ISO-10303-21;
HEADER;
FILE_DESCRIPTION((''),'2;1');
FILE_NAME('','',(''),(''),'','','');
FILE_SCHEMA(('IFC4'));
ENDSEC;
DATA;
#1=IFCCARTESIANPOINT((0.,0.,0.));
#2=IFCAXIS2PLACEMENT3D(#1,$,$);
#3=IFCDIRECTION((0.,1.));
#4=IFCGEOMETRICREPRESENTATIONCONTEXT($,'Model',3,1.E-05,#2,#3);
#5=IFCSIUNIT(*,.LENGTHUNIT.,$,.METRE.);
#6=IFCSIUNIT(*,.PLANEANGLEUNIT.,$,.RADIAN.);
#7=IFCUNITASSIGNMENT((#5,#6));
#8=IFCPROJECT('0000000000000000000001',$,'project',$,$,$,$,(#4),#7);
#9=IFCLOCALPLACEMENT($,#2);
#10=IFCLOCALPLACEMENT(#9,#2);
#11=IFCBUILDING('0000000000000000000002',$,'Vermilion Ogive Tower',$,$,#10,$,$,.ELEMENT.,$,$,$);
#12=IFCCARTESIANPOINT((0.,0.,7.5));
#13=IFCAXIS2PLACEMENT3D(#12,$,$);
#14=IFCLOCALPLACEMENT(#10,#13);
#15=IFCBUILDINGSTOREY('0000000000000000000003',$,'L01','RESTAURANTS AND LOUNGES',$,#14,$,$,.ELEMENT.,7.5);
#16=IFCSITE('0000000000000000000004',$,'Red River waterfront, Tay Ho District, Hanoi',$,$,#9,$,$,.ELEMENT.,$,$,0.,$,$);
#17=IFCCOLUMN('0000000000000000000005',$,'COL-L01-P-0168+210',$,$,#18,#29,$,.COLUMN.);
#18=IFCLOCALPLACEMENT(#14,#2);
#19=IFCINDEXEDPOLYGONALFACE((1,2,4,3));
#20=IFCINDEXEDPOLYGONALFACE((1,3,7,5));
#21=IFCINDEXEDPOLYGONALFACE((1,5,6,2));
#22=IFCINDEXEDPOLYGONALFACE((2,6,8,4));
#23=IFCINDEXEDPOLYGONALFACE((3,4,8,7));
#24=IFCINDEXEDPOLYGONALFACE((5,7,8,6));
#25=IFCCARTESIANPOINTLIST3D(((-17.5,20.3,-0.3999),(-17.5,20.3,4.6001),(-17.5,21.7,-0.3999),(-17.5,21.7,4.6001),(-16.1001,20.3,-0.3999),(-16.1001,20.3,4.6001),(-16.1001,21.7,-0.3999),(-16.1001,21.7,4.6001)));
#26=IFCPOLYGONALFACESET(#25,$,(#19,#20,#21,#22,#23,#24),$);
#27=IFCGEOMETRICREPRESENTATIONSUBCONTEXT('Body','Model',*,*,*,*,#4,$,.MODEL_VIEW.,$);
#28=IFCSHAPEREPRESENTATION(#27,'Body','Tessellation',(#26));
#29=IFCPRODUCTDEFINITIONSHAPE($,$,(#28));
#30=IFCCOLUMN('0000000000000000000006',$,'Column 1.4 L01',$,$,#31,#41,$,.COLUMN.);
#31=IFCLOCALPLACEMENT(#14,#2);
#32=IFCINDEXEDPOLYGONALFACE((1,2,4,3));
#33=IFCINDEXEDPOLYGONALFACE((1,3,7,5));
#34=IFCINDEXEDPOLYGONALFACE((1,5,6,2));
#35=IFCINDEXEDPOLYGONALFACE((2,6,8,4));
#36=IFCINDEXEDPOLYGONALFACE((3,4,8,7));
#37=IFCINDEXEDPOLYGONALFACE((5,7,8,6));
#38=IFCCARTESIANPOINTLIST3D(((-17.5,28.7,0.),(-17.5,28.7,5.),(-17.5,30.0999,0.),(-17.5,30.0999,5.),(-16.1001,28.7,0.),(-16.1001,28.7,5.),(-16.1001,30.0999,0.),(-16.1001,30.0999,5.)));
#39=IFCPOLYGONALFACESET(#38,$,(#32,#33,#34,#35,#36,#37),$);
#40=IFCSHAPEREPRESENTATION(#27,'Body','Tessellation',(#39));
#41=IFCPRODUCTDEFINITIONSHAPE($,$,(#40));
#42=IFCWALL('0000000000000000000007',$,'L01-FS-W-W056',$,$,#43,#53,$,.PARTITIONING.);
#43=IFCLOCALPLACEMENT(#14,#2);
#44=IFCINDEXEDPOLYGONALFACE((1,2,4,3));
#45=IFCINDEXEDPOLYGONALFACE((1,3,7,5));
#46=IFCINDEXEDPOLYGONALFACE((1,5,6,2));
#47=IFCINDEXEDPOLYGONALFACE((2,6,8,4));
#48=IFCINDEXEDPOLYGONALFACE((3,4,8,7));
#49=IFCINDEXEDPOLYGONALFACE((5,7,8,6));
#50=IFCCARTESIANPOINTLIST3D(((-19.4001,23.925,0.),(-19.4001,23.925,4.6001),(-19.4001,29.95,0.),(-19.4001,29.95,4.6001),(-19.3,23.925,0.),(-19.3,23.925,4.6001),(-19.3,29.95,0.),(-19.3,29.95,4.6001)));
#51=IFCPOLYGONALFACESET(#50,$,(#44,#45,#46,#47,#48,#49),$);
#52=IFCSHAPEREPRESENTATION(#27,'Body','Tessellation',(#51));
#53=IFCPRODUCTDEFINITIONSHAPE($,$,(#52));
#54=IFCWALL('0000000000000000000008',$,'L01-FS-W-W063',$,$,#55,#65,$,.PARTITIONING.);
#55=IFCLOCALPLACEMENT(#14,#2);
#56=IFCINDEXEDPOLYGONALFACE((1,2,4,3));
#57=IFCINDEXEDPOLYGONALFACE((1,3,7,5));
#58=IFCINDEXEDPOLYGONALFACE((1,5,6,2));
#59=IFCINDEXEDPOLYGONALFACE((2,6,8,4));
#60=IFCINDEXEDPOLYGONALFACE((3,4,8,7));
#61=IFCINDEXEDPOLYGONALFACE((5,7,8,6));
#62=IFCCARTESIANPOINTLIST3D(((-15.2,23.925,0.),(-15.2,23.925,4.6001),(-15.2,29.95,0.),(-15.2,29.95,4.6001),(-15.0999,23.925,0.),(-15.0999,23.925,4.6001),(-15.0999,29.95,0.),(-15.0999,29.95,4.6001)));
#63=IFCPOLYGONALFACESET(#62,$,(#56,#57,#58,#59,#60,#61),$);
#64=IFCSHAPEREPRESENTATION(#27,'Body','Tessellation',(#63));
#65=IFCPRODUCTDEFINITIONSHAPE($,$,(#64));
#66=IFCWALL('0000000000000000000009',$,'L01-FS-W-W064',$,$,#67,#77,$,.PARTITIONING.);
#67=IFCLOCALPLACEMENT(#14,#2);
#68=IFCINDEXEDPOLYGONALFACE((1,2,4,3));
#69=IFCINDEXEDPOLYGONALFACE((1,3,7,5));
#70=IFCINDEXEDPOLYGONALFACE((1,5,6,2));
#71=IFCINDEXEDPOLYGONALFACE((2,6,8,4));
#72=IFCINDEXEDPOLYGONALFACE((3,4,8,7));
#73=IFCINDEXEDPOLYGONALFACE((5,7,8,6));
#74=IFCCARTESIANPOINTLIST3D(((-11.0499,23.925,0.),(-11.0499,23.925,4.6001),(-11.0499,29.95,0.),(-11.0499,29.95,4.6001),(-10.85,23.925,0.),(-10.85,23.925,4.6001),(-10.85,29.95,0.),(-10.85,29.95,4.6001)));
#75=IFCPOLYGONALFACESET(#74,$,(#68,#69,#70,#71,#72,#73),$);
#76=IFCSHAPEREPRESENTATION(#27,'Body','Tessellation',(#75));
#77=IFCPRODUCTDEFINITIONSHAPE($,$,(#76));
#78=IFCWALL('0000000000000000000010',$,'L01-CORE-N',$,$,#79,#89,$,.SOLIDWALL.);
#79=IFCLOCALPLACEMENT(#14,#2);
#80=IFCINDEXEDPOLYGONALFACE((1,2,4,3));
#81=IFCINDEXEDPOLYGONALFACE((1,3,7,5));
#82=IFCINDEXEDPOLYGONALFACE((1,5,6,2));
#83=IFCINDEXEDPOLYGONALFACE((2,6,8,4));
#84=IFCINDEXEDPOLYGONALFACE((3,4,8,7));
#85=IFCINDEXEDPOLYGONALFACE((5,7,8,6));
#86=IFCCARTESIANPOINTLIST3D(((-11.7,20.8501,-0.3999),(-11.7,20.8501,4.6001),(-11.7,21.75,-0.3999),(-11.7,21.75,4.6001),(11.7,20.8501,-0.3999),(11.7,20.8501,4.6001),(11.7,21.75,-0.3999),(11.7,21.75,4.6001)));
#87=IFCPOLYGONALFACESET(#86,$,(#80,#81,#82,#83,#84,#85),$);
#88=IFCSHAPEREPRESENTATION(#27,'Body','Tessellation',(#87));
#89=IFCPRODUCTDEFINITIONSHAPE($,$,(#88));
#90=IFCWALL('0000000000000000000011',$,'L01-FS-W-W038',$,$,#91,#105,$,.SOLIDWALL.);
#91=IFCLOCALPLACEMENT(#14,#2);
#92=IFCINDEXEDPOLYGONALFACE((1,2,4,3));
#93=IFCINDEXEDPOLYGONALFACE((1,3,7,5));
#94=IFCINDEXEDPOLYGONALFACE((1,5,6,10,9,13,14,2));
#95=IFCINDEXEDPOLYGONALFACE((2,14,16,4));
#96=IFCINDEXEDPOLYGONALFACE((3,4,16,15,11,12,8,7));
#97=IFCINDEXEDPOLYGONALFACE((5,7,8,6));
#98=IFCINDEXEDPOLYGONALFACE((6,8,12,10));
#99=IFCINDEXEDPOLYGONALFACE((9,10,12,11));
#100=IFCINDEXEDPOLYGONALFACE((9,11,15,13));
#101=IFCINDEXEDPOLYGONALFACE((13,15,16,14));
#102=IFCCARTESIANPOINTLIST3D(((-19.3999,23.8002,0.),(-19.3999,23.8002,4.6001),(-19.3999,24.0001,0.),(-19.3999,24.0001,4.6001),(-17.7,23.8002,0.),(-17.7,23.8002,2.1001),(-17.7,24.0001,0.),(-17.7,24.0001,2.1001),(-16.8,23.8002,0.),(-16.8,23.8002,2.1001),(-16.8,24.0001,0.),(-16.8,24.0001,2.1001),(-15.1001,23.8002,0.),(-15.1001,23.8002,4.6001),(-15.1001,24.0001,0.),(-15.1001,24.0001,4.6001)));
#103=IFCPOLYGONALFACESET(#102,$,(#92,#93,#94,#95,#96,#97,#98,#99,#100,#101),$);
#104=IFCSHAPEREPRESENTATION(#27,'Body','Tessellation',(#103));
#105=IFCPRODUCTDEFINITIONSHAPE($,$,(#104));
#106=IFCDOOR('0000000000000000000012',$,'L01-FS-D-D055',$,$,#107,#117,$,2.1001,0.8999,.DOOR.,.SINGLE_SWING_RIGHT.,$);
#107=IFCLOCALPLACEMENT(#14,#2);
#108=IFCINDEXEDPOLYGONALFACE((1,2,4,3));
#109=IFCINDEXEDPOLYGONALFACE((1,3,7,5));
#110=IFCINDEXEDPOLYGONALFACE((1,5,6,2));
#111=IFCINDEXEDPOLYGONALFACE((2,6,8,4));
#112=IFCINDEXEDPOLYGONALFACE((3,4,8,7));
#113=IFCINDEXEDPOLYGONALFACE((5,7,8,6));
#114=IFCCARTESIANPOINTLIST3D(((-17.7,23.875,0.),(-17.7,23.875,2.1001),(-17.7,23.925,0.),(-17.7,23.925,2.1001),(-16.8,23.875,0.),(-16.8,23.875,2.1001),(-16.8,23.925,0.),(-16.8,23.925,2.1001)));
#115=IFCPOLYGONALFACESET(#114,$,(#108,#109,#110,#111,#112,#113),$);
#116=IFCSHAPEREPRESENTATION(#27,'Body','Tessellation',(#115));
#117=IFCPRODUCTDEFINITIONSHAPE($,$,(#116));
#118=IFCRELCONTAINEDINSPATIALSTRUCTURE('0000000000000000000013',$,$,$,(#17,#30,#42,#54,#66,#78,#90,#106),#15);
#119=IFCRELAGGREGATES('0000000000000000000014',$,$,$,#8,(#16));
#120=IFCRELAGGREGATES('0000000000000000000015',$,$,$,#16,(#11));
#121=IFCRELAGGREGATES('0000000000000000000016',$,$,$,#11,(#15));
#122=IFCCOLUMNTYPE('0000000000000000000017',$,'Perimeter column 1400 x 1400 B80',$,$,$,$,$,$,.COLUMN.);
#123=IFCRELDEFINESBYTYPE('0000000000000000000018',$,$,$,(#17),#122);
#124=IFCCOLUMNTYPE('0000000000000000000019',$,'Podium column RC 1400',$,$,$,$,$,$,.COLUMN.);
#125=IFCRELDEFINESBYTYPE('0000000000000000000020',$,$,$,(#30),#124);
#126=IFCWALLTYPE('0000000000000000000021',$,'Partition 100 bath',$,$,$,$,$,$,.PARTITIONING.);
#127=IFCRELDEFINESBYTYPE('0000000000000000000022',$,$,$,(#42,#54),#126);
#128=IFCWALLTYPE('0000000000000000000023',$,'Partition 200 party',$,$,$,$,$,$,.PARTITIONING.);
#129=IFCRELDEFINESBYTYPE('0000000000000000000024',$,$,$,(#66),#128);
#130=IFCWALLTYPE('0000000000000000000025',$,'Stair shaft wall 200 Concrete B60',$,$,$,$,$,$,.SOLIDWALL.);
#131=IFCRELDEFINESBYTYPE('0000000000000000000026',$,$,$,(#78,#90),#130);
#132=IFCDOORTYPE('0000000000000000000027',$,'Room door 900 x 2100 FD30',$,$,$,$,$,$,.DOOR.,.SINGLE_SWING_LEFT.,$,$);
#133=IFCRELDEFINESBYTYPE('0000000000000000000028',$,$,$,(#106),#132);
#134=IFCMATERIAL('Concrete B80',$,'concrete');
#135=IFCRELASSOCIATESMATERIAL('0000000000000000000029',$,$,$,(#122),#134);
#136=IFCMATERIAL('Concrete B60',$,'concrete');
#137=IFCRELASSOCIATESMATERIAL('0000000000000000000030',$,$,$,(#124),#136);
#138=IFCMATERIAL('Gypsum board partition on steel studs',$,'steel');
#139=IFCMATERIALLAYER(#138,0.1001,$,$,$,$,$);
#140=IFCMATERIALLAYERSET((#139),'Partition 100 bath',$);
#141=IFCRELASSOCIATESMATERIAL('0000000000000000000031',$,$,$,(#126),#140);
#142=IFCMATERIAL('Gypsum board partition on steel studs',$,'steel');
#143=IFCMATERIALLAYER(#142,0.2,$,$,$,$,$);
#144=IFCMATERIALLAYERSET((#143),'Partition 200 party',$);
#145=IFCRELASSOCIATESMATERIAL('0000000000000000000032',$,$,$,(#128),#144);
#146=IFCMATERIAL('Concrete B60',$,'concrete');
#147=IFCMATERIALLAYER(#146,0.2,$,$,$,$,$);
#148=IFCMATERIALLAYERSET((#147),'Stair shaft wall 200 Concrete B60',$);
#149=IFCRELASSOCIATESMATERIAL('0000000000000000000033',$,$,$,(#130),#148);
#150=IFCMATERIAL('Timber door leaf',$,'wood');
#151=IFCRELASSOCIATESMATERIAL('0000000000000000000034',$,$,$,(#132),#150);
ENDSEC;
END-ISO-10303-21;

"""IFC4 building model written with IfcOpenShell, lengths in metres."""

from ifc_helpers import new_model, si_unit, direction, frame, frame_2d, origin, origin_2d, place, context, subcontext, project, spatial, rectangle, extrude, material, layer, layer_set, material_profile, profile_set, type_object, element, fill, save


model = new_model("IFC4")

# Units and contexts
model_context = context("Model", 3, precision=1e-05, world=origin(), true_north=direction((0.0, 1.0)))
body_context = subcontext(model_context, "Body", "Model", "MODEL_VIEW")
ifc_project = project(units=[si_unit("LENGTHUNIT", "METRE"), si_unit("PLANEANGLEUNIT", "RADIAN")], contexts=[model_context])

# Site, building, storey
site_placement = place(None, origin())
site = spatial("IfcSite", under=ifc_project, at=site_placement, Name="Red River waterfront, Tay Ho District, Hanoi", CompositionType="ELEMENT", RefElevation=0.0)
building_placement = place(site_placement, origin())
building = spatial("IfcBuilding", under=site, at=building_placement, Name="Vermilion Ogive Tower", CompositionType="ELEMENT")
storey_placement = place(building_placement, frame((0.0, 0.0, 7.5)))
storey = spatial("IfcBuildingStorey", under=building, at=storey_placement, Name="L01", Description="RESTAURANTS AND LOUNGES", CompositionType="ELEMENT", Elevation=7.5)

# Columns
ifc_material_1 = material(Name="Concrete B80", Category="concrete")
ifc_material_profile_1 = material_profile(ifc_material_1, rectangle(XDim=1.3999, YDim=1.3999, at=origin_2d()), Name="1400 x 1400")
ifc_profile_set_1 = profile_set([ifc_material_profile_1], Name="Concrete B80")
column_type_1 = type_object("IfcColumnType", Name="Perimeter column 1400 x 1400 B80", PredefinedType="COLUMN", material=ifc_profile_set_1)
column_1_placement = place(storey_placement, frame((-16.8, 21.0, -0.3999), z_axis=(0.0, 0.0, 1.0), x_axis=(1.0, 0.0, 0.0)))
element("IfcColumn", 1, at=column_1_placement, inside=storey, type_object=column_type_1, Name="COL-L01-P-0168+210", PredefinedType="COLUMN", context=body_context, shape_type="SweptSolid", body=[
    extrude(rectangle(XDim=1.3999, YDim=1.3999, at=origin_2d()), origin(), (0.0, 0.0, 1.0), 5.0),
])
ifc_material_2 = material(Name="Concrete B60", Category="concrete")
ifc_material_profile_2 = material_profile(ifc_material_2, rectangle(XDim=1.3999, YDim=1.3999, at=origin_2d()), Name="RC 1400x1400")
ifc_profile_set_2 = profile_set([ifc_material_profile_2], Name="Concrete B60")
column_type_2 = type_object("IfcColumnType", Name="Podium column RC 1400", PredefinedType="COLUMN", material=ifc_profile_set_2)
column_2_placement = place(storey_placement, frame((-16.8, 29.3999, 0.0), z_axis=(0.0, 0.0, 1.0), x_axis=(1.0, 0.0, 0.0)))
element("IfcColumn", 2, at=column_2_placement, inside=storey, type_object=column_type_2, Name="Column 1.4 L01", PredefinedType="COLUMN", context=body_context, shape_type="SweptSolid", body=[
    extrude(rectangle(XDim=1.3999, YDim=1.3999, at=origin_2d()), origin(), (0.0, 0.0, 1.0), 5.0),
])

# Walls
ifc_material_3 = material(Name="Gypsum board partition on steel studs", Category="steel")
ifc_layer_1 = layer(ifc_material_3, 0.1001)
ifc_layer_set_1 = layer_set([ifc_layer_1], Name="Partition 100 bath")
wall_type_1 = type_object("IfcWallType", Name="Partition 100 bath", PredefinedType="PARTITIONING", material=ifc_layer_set_1)
for number, where, z_axis, x_axis, name in (
    (3, (-19.3501, 23.925, 0.0), (0.0, 0.0, 1.0), (0.0, 1.0, 0.0), "L01-FS-W-W056"),
    (4, (-15.1499, 23.925, 0.0), (0.0, 0.0, 1.0), (0.0, 1.0, 0.0), "L01-FS-W-W063"),
):
    element("IfcWall", number, at=place(storey_placement, frame(where, z_axis=z_axis, x_axis=x_axis)), inside=storey, type_object=wall_type_1, Name=name, PredefinedType="PARTITIONING", context=body_context, shape_type="SweptSolid", body=[
        extrude(rectangle(XDim=6.0249, YDim=0.1001, at=frame_2d((3.0125, 0.0))), origin(), (0.0, 0.0, 1.0), 4.6001),
    ])
ifc_material_4 = material(Name="Gypsum board partition on steel studs", Category="steel")
ifc_layer_2 = layer(ifc_material_4, 0.2)
ifc_layer_set_2 = layer_set([ifc_layer_2], Name="Partition 200 party")
wall_type_2 = type_object("IfcWallType", Name="Partition 200 party", PredefinedType="PARTITIONING", material=ifc_layer_set_2)
wall_1_placement = place(storey_placement, frame((-10.95, 23.925, 0.0), z_axis=(0.0, 0.0, 1.0), x_axis=(0.0, 1.0, 0.0)))
element("IfcWall", 5, at=wall_1_placement, inside=storey, type_object=wall_type_2, Name="L01-FS-W-W064", PredefinedType="PARTITIONING", context=body_context, shape_type="SweptSolid", body=[
    extrude(rectangle(XDim=6.0249, YDim=0.2, at=frame_2d((3.0125, 0.0))), origin(), (0.0, 0.0, 1.0), 4.6001),
])
ifc_material_5 = material(Name="Concrete B60", Category="concrete")
ifc_layer_3 = layer(ifc_material_5, 0.2)
ifc_layer_set_3 = layer_set([ifc_layer_3], Name="Stair shaft wall 200 Concrete B60")
wall_type_3 = type_object("IfcWallType", Name="Stair shaft wall 200 Concrete B60", PredefinedType="SOLIDWALL", material=ifc_layer_set_3)
wall_2_placement = place(storey_placement, frame((-11.7, 21.3, -0.3999), z_axis=(0.0, 0.0, 1.0), x_axis=(1.0, 0.0, 0.0)))
element("IfcWall", 6, at=wall_2_placement, inside=storey, type_object=wall_type_3, Name="L01-CORE-N", PredefinedType="SOLIDWALL", context=body_context, shape_type="SweptSolid", body=[
    extrude(rectangle(XDim=23.3999, YDim=0.8999, at=frame_2d((11.7, 0.0))), origin(), (0.0, 0.0, 1.0), 5.0),
])

# Wall, opening, door
wall_3_placement = place(storey_placement, frame((-19.3999, 23.9001, 0.0), z_axis=(0.0, 0.0, 1.0), x_axis=(1.0, 0.0, 0.0)))
wall_3 = element("IfcWall", 7, at=wall_3_placement, inside=storey, type_object=wall_type_3, Name="L01-FS-W-W038", PredefinedType="SOLIDWALL", context=body_context, shape_type="SweptSolid", body=[
    extrude(rectangle(XDim=4.2998, YDim=0.2, at=frame_2d((2.1499, 0.0))), origin(), (0.0, 0.0, 1.0), 4.6001),
])
opening_1_placement = place(wall_3_placement, frame((1.7, 0.0, 0.0)))
opening_1 = element("IfcOpeningElement", 8, at=opening_1_placement, cuts=wall_3, PredefinedType="OPENING", context=body_context, shape_type="SweptSolid", body=[
    extrude(rectangle(XDim=0.8999, YDim=2.1001, at=frame_2d((0.45, 1.05))), frame((0.0, 0.1099, 0.0), z_axis=(0.0, -1.0, 0.0), x_axis=(1.0, 0.0, 0.0)), (0.0, 0.0, 1.0), 0.22),
])
ifc_material_6 = material(Name="Timber door leaf", Category="wood")
door_type_1 = type_object("IfcDoorType", Name="Room door 900 x 2100 FD30", OperationType="SINGLE_SWING_LEFT", PredefinedType="DOOR", material=ifc_material_6)
door_1_placement = place(opening_1_placement, origin())
door_1 = element("IfcDoor", 9, at=door_1_placement, inside=storey, type_object=door_type_1, Name="L01-FS-D-D055", OperationType="SINGLE_SWING_RIGHT", OverallHeight=2.1001, OverallWidth=0.8999, PredefinedType="DOOR", context=body_context, shape_type="SweptSolid", body=[
    extrude(rectangle(XDim=0.8999, YDim=2.1001, at=frame_2d((0.45, 1.05))), frame((0.0, 0.0249, 0.0), z_axis=(0.0, -1.0, 0.0), x_axis=(1.0, 0.0, 0.0)), (0.0, 0.0, 1.0), 0.05),
])
fill(opening_1, door_1)

save(model, "model.ifc")
